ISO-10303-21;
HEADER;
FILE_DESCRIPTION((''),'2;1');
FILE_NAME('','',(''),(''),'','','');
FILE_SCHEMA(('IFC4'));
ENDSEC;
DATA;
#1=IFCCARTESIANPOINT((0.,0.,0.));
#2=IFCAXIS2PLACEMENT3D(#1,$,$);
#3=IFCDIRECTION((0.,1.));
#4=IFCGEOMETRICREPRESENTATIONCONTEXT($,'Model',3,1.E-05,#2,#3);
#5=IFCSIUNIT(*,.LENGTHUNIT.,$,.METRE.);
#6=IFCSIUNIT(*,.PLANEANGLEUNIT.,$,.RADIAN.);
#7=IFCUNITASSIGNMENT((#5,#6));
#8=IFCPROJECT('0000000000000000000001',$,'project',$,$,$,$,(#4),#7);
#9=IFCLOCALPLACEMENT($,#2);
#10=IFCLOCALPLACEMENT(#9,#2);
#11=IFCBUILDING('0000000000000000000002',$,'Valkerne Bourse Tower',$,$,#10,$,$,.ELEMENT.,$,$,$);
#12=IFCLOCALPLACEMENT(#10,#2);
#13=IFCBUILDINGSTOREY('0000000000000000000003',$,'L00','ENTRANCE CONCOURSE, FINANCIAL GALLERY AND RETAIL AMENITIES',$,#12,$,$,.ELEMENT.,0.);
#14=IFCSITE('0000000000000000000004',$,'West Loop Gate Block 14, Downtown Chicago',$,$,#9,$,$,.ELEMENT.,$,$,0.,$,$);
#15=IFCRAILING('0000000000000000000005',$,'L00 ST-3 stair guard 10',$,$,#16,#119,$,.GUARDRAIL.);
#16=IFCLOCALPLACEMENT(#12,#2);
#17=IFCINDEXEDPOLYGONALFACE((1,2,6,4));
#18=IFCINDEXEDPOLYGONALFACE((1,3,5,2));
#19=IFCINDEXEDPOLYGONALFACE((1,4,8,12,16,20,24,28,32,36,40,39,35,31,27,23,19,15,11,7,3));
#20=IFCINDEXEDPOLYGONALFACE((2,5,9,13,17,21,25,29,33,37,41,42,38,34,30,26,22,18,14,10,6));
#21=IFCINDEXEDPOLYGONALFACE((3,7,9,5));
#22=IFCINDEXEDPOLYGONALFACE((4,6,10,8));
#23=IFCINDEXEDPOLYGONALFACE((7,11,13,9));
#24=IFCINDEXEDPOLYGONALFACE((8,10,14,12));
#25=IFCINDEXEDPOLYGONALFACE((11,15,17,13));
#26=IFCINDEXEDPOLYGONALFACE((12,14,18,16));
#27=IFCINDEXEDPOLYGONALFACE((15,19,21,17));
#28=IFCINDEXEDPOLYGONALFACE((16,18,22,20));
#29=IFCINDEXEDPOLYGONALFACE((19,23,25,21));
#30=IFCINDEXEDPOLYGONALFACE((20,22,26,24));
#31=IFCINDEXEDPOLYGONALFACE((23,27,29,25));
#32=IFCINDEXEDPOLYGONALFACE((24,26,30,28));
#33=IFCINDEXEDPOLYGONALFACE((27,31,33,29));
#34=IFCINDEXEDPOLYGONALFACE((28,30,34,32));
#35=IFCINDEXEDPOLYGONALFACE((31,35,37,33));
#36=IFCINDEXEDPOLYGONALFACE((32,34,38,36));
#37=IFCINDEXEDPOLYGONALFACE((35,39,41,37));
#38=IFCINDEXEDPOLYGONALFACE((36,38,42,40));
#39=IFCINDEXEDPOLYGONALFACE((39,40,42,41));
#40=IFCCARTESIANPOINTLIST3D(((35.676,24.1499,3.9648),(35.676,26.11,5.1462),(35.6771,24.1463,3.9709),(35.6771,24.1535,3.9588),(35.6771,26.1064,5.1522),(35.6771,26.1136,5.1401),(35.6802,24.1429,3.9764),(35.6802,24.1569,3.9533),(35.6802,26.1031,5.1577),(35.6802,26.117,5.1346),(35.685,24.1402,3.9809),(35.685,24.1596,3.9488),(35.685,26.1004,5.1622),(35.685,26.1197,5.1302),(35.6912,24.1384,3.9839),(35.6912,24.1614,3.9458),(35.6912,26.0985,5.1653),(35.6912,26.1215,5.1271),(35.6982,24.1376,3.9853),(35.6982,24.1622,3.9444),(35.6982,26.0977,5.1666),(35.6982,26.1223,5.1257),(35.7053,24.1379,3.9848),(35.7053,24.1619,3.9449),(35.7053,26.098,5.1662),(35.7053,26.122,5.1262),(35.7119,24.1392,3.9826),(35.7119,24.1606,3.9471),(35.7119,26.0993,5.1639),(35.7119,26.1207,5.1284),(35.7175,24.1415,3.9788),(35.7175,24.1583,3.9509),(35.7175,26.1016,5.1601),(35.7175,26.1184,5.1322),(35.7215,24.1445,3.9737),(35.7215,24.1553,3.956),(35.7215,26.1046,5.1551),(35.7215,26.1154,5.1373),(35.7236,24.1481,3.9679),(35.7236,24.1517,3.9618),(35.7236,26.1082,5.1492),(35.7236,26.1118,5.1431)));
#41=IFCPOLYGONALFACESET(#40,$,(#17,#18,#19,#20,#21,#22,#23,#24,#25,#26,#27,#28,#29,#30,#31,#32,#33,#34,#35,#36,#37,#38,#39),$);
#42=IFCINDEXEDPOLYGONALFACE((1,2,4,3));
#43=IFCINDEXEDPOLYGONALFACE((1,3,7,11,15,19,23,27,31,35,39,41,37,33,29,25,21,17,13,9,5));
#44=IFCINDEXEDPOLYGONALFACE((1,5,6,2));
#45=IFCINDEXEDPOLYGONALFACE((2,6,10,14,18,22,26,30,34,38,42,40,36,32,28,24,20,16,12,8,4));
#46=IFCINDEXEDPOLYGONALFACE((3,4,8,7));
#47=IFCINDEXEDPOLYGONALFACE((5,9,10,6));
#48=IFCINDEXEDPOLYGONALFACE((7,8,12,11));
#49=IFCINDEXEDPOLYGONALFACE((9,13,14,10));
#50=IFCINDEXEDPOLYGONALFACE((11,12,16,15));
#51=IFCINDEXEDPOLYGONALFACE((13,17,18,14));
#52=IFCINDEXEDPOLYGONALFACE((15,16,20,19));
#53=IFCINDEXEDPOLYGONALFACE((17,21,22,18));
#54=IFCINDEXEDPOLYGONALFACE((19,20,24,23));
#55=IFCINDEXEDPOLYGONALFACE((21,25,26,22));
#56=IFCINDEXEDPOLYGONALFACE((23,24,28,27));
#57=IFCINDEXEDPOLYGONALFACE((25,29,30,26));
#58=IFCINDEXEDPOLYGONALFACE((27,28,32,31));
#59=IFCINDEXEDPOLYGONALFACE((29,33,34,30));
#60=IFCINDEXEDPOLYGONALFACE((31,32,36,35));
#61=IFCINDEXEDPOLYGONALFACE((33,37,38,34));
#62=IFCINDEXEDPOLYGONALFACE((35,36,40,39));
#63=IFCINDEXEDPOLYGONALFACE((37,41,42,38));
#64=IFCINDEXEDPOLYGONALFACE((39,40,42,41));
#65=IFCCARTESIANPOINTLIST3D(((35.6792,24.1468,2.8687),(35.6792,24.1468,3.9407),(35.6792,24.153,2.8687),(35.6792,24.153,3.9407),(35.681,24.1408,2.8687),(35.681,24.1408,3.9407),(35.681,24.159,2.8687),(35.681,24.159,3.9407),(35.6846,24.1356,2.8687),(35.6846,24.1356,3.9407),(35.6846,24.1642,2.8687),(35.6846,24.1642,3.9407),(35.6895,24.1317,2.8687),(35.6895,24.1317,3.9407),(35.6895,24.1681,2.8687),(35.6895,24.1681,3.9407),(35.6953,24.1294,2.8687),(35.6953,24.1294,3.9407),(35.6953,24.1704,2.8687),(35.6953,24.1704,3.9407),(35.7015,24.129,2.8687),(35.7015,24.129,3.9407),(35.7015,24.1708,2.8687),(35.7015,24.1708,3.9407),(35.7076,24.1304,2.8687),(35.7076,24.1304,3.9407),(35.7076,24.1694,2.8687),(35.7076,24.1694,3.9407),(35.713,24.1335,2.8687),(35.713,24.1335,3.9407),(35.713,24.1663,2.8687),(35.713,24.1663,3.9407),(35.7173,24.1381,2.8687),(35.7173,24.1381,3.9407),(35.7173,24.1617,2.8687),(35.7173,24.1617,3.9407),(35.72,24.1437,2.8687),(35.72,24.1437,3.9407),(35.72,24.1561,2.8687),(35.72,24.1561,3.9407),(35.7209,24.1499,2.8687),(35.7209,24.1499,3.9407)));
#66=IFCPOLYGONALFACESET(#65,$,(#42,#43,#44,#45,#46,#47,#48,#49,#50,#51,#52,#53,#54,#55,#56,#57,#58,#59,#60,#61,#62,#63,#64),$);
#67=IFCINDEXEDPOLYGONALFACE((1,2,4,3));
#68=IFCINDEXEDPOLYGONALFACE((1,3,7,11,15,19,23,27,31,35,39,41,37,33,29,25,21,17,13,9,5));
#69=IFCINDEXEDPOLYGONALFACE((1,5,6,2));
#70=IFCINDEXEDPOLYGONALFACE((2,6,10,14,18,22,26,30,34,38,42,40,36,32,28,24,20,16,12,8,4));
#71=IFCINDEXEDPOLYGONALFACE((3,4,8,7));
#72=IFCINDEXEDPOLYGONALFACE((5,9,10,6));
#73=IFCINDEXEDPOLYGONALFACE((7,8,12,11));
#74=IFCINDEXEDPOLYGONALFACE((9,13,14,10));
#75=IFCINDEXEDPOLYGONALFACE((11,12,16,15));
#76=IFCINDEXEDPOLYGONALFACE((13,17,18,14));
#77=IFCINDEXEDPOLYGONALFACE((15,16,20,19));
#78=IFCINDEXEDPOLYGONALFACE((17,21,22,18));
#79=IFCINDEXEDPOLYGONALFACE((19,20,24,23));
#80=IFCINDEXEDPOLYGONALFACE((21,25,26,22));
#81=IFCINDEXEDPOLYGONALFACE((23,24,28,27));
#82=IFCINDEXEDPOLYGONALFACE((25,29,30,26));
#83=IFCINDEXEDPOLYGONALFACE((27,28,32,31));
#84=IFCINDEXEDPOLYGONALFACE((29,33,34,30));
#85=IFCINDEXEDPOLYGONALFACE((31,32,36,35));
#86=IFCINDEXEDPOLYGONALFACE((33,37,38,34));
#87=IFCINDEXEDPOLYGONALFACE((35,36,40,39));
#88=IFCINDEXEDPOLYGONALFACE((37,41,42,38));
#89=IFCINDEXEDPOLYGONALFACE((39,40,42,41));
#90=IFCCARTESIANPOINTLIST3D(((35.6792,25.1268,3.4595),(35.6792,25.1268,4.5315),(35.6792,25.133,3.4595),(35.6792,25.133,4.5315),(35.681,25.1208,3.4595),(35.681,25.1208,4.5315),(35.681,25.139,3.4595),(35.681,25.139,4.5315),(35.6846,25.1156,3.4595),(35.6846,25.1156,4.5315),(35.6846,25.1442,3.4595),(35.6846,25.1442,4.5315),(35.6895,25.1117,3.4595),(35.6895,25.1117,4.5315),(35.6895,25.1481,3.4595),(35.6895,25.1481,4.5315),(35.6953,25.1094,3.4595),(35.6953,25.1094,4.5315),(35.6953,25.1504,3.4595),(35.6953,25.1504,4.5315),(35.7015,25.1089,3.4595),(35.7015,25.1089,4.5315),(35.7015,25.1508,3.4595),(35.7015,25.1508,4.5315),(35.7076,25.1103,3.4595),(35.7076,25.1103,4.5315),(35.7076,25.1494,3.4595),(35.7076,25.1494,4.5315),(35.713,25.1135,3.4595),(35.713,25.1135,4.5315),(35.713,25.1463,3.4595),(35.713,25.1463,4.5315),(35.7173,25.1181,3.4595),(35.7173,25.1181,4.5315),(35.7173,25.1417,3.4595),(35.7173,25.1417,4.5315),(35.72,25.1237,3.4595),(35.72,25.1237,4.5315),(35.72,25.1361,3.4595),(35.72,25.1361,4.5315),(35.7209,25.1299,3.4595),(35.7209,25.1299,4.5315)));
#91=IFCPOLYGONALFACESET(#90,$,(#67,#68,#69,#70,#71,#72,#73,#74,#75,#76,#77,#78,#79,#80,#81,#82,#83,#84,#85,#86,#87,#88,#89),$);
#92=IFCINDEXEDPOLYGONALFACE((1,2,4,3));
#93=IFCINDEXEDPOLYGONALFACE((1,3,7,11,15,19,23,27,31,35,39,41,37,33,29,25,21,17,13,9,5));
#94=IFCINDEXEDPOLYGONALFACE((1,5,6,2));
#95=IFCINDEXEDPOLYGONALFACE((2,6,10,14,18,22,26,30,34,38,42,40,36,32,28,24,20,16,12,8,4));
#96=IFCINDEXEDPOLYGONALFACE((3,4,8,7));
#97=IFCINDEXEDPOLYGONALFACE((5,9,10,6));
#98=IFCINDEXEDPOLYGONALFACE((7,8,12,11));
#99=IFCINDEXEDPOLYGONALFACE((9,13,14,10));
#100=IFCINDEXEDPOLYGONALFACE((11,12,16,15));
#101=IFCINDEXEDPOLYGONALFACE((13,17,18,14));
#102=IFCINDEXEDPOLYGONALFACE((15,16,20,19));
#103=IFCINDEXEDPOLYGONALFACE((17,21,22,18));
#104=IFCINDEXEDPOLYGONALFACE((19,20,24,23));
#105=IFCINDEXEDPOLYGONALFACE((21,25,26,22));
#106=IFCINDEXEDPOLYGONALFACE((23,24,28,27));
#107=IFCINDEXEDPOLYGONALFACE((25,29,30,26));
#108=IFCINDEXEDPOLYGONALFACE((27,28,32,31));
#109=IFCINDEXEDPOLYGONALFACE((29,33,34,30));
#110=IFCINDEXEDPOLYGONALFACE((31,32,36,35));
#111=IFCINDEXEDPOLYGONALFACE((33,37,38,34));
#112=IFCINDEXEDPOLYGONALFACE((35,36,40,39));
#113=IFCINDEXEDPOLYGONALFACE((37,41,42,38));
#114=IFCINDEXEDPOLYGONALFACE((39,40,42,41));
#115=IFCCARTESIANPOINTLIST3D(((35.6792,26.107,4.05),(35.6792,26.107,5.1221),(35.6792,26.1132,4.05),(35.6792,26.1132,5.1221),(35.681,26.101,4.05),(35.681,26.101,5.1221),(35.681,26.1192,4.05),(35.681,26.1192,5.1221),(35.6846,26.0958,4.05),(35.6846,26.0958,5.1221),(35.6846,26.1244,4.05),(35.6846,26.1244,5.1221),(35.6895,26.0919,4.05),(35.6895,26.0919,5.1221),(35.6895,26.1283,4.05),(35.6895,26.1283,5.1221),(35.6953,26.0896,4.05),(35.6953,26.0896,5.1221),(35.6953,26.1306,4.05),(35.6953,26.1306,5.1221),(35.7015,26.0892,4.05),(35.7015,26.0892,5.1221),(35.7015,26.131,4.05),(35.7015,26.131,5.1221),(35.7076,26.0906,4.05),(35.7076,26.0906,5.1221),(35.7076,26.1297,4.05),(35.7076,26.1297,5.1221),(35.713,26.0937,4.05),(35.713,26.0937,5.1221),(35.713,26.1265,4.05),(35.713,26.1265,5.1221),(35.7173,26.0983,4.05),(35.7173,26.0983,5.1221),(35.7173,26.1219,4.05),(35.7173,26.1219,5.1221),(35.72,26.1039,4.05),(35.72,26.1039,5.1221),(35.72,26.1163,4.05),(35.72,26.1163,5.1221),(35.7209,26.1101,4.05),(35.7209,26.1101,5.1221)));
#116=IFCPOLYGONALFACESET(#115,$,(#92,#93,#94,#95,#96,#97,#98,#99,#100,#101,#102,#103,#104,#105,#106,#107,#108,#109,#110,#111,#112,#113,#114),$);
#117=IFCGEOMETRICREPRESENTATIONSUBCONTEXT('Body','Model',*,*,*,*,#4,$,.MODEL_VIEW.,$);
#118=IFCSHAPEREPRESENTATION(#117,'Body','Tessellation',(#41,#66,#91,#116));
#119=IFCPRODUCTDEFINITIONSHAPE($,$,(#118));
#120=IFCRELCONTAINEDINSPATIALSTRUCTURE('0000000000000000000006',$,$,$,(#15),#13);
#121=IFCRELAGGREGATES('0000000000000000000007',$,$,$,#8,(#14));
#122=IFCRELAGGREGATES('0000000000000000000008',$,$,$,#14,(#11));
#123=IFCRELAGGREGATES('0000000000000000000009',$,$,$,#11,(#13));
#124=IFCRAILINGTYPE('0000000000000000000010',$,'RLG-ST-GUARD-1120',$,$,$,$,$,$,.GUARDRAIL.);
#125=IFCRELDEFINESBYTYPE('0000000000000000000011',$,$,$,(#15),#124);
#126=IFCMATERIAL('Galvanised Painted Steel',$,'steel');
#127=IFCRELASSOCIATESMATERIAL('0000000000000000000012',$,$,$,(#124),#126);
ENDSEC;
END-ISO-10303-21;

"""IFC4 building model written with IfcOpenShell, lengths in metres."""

from ifc_helpers import new_model, si_unit, direction, frame, origin, origin_2d, place, context, subcontext, project, spatial, circle, extrude, material, type_object, element, save


model = new_model("IFC4")

# Units and contexts
model_context = context("Model", 3, precision=1e-05, world=origin(), true_north=direction((0.0, 1.0)))
body_context = subcontext(model_context, "Body", "Model", "MODEL_VIEW")
ifc_project = project(units=[si_unit("LENGTHUNIT", "METRE"), si_unit("PLANEANGLEUNIT", "RADIAN")], contexts=[model_context])

# Site, building, storey
site_placement = place(None, origin())
site = spatial("IfcSite", under=ifc_project, at=site_placement, Name="West Loop Gate Block 14, Downtown Chicago", CompositionType="ELEMENT", RefElevation=0.0)
building_placement = place(site_placement, origin())
building = spatial("IfcBuilding", under=site, at=building_placement, Name="Valkerne Bourse Tower", CompositionType="ELEMENT")
storey_placement = place(building_placement, origin())
storey = spatial("IfcBuildingStorey", under=building, at=storey_placement, Name="L00", Description="ENTRANCE CONCOURSE, FINANCIAL GALLERY AND RETAIL AMENITIES", CompositionType="ELEMENT", Elevation=0.0)

# Shared definitions
ifc_material_1 = material(Name="Galvanised Painted Steel", Category="steel")

# Railing
railing_type_1 = type_object("IfcRailingType", Name="RLG-ST-GUARD-1120", PredefinedType="GUARDRAIL", material=ifc_material_1)
railing_1_placement = place(storey_placement, frame((35.7, 24.1499, 2.8687)))
element("IfcRailing", 1, at=railing_1_placement, inside=storey, type_object=railing_type_1, Name="L00 ST-3 stair guard 10", PredefinedType="GUARDRAIL", context=body_context, shape_type="SweptSolid", body=[
    extrude(circle(Radius=0.0239, at=origin_2d()), frame((0.0, 0.0, 1.0962), z_axis=(0.0, 0.856475, 0.516189), x_axis=(-1.0, 0.0, 0.0)), (0.0, 0.0, 1.0), 2.2886),
    extrude(circle(Radius=0.021, at=origin_2d()), origin(), (0.0, 0.0, 1.0), 1.072),
    extrude(circle(Radius=0.021, at=origin_2d()), frame((0.0, 0.98, 0.5908)), (0.0, 0.0, 1.0), 1.072),
    extrude(circle(Radius=0.021, at=origin_2d()), frame((0.0, 1.9602, 1.1814)), (0.0, 0.0, 1.0), 1.072),
])

save(model, "model.ifc")
